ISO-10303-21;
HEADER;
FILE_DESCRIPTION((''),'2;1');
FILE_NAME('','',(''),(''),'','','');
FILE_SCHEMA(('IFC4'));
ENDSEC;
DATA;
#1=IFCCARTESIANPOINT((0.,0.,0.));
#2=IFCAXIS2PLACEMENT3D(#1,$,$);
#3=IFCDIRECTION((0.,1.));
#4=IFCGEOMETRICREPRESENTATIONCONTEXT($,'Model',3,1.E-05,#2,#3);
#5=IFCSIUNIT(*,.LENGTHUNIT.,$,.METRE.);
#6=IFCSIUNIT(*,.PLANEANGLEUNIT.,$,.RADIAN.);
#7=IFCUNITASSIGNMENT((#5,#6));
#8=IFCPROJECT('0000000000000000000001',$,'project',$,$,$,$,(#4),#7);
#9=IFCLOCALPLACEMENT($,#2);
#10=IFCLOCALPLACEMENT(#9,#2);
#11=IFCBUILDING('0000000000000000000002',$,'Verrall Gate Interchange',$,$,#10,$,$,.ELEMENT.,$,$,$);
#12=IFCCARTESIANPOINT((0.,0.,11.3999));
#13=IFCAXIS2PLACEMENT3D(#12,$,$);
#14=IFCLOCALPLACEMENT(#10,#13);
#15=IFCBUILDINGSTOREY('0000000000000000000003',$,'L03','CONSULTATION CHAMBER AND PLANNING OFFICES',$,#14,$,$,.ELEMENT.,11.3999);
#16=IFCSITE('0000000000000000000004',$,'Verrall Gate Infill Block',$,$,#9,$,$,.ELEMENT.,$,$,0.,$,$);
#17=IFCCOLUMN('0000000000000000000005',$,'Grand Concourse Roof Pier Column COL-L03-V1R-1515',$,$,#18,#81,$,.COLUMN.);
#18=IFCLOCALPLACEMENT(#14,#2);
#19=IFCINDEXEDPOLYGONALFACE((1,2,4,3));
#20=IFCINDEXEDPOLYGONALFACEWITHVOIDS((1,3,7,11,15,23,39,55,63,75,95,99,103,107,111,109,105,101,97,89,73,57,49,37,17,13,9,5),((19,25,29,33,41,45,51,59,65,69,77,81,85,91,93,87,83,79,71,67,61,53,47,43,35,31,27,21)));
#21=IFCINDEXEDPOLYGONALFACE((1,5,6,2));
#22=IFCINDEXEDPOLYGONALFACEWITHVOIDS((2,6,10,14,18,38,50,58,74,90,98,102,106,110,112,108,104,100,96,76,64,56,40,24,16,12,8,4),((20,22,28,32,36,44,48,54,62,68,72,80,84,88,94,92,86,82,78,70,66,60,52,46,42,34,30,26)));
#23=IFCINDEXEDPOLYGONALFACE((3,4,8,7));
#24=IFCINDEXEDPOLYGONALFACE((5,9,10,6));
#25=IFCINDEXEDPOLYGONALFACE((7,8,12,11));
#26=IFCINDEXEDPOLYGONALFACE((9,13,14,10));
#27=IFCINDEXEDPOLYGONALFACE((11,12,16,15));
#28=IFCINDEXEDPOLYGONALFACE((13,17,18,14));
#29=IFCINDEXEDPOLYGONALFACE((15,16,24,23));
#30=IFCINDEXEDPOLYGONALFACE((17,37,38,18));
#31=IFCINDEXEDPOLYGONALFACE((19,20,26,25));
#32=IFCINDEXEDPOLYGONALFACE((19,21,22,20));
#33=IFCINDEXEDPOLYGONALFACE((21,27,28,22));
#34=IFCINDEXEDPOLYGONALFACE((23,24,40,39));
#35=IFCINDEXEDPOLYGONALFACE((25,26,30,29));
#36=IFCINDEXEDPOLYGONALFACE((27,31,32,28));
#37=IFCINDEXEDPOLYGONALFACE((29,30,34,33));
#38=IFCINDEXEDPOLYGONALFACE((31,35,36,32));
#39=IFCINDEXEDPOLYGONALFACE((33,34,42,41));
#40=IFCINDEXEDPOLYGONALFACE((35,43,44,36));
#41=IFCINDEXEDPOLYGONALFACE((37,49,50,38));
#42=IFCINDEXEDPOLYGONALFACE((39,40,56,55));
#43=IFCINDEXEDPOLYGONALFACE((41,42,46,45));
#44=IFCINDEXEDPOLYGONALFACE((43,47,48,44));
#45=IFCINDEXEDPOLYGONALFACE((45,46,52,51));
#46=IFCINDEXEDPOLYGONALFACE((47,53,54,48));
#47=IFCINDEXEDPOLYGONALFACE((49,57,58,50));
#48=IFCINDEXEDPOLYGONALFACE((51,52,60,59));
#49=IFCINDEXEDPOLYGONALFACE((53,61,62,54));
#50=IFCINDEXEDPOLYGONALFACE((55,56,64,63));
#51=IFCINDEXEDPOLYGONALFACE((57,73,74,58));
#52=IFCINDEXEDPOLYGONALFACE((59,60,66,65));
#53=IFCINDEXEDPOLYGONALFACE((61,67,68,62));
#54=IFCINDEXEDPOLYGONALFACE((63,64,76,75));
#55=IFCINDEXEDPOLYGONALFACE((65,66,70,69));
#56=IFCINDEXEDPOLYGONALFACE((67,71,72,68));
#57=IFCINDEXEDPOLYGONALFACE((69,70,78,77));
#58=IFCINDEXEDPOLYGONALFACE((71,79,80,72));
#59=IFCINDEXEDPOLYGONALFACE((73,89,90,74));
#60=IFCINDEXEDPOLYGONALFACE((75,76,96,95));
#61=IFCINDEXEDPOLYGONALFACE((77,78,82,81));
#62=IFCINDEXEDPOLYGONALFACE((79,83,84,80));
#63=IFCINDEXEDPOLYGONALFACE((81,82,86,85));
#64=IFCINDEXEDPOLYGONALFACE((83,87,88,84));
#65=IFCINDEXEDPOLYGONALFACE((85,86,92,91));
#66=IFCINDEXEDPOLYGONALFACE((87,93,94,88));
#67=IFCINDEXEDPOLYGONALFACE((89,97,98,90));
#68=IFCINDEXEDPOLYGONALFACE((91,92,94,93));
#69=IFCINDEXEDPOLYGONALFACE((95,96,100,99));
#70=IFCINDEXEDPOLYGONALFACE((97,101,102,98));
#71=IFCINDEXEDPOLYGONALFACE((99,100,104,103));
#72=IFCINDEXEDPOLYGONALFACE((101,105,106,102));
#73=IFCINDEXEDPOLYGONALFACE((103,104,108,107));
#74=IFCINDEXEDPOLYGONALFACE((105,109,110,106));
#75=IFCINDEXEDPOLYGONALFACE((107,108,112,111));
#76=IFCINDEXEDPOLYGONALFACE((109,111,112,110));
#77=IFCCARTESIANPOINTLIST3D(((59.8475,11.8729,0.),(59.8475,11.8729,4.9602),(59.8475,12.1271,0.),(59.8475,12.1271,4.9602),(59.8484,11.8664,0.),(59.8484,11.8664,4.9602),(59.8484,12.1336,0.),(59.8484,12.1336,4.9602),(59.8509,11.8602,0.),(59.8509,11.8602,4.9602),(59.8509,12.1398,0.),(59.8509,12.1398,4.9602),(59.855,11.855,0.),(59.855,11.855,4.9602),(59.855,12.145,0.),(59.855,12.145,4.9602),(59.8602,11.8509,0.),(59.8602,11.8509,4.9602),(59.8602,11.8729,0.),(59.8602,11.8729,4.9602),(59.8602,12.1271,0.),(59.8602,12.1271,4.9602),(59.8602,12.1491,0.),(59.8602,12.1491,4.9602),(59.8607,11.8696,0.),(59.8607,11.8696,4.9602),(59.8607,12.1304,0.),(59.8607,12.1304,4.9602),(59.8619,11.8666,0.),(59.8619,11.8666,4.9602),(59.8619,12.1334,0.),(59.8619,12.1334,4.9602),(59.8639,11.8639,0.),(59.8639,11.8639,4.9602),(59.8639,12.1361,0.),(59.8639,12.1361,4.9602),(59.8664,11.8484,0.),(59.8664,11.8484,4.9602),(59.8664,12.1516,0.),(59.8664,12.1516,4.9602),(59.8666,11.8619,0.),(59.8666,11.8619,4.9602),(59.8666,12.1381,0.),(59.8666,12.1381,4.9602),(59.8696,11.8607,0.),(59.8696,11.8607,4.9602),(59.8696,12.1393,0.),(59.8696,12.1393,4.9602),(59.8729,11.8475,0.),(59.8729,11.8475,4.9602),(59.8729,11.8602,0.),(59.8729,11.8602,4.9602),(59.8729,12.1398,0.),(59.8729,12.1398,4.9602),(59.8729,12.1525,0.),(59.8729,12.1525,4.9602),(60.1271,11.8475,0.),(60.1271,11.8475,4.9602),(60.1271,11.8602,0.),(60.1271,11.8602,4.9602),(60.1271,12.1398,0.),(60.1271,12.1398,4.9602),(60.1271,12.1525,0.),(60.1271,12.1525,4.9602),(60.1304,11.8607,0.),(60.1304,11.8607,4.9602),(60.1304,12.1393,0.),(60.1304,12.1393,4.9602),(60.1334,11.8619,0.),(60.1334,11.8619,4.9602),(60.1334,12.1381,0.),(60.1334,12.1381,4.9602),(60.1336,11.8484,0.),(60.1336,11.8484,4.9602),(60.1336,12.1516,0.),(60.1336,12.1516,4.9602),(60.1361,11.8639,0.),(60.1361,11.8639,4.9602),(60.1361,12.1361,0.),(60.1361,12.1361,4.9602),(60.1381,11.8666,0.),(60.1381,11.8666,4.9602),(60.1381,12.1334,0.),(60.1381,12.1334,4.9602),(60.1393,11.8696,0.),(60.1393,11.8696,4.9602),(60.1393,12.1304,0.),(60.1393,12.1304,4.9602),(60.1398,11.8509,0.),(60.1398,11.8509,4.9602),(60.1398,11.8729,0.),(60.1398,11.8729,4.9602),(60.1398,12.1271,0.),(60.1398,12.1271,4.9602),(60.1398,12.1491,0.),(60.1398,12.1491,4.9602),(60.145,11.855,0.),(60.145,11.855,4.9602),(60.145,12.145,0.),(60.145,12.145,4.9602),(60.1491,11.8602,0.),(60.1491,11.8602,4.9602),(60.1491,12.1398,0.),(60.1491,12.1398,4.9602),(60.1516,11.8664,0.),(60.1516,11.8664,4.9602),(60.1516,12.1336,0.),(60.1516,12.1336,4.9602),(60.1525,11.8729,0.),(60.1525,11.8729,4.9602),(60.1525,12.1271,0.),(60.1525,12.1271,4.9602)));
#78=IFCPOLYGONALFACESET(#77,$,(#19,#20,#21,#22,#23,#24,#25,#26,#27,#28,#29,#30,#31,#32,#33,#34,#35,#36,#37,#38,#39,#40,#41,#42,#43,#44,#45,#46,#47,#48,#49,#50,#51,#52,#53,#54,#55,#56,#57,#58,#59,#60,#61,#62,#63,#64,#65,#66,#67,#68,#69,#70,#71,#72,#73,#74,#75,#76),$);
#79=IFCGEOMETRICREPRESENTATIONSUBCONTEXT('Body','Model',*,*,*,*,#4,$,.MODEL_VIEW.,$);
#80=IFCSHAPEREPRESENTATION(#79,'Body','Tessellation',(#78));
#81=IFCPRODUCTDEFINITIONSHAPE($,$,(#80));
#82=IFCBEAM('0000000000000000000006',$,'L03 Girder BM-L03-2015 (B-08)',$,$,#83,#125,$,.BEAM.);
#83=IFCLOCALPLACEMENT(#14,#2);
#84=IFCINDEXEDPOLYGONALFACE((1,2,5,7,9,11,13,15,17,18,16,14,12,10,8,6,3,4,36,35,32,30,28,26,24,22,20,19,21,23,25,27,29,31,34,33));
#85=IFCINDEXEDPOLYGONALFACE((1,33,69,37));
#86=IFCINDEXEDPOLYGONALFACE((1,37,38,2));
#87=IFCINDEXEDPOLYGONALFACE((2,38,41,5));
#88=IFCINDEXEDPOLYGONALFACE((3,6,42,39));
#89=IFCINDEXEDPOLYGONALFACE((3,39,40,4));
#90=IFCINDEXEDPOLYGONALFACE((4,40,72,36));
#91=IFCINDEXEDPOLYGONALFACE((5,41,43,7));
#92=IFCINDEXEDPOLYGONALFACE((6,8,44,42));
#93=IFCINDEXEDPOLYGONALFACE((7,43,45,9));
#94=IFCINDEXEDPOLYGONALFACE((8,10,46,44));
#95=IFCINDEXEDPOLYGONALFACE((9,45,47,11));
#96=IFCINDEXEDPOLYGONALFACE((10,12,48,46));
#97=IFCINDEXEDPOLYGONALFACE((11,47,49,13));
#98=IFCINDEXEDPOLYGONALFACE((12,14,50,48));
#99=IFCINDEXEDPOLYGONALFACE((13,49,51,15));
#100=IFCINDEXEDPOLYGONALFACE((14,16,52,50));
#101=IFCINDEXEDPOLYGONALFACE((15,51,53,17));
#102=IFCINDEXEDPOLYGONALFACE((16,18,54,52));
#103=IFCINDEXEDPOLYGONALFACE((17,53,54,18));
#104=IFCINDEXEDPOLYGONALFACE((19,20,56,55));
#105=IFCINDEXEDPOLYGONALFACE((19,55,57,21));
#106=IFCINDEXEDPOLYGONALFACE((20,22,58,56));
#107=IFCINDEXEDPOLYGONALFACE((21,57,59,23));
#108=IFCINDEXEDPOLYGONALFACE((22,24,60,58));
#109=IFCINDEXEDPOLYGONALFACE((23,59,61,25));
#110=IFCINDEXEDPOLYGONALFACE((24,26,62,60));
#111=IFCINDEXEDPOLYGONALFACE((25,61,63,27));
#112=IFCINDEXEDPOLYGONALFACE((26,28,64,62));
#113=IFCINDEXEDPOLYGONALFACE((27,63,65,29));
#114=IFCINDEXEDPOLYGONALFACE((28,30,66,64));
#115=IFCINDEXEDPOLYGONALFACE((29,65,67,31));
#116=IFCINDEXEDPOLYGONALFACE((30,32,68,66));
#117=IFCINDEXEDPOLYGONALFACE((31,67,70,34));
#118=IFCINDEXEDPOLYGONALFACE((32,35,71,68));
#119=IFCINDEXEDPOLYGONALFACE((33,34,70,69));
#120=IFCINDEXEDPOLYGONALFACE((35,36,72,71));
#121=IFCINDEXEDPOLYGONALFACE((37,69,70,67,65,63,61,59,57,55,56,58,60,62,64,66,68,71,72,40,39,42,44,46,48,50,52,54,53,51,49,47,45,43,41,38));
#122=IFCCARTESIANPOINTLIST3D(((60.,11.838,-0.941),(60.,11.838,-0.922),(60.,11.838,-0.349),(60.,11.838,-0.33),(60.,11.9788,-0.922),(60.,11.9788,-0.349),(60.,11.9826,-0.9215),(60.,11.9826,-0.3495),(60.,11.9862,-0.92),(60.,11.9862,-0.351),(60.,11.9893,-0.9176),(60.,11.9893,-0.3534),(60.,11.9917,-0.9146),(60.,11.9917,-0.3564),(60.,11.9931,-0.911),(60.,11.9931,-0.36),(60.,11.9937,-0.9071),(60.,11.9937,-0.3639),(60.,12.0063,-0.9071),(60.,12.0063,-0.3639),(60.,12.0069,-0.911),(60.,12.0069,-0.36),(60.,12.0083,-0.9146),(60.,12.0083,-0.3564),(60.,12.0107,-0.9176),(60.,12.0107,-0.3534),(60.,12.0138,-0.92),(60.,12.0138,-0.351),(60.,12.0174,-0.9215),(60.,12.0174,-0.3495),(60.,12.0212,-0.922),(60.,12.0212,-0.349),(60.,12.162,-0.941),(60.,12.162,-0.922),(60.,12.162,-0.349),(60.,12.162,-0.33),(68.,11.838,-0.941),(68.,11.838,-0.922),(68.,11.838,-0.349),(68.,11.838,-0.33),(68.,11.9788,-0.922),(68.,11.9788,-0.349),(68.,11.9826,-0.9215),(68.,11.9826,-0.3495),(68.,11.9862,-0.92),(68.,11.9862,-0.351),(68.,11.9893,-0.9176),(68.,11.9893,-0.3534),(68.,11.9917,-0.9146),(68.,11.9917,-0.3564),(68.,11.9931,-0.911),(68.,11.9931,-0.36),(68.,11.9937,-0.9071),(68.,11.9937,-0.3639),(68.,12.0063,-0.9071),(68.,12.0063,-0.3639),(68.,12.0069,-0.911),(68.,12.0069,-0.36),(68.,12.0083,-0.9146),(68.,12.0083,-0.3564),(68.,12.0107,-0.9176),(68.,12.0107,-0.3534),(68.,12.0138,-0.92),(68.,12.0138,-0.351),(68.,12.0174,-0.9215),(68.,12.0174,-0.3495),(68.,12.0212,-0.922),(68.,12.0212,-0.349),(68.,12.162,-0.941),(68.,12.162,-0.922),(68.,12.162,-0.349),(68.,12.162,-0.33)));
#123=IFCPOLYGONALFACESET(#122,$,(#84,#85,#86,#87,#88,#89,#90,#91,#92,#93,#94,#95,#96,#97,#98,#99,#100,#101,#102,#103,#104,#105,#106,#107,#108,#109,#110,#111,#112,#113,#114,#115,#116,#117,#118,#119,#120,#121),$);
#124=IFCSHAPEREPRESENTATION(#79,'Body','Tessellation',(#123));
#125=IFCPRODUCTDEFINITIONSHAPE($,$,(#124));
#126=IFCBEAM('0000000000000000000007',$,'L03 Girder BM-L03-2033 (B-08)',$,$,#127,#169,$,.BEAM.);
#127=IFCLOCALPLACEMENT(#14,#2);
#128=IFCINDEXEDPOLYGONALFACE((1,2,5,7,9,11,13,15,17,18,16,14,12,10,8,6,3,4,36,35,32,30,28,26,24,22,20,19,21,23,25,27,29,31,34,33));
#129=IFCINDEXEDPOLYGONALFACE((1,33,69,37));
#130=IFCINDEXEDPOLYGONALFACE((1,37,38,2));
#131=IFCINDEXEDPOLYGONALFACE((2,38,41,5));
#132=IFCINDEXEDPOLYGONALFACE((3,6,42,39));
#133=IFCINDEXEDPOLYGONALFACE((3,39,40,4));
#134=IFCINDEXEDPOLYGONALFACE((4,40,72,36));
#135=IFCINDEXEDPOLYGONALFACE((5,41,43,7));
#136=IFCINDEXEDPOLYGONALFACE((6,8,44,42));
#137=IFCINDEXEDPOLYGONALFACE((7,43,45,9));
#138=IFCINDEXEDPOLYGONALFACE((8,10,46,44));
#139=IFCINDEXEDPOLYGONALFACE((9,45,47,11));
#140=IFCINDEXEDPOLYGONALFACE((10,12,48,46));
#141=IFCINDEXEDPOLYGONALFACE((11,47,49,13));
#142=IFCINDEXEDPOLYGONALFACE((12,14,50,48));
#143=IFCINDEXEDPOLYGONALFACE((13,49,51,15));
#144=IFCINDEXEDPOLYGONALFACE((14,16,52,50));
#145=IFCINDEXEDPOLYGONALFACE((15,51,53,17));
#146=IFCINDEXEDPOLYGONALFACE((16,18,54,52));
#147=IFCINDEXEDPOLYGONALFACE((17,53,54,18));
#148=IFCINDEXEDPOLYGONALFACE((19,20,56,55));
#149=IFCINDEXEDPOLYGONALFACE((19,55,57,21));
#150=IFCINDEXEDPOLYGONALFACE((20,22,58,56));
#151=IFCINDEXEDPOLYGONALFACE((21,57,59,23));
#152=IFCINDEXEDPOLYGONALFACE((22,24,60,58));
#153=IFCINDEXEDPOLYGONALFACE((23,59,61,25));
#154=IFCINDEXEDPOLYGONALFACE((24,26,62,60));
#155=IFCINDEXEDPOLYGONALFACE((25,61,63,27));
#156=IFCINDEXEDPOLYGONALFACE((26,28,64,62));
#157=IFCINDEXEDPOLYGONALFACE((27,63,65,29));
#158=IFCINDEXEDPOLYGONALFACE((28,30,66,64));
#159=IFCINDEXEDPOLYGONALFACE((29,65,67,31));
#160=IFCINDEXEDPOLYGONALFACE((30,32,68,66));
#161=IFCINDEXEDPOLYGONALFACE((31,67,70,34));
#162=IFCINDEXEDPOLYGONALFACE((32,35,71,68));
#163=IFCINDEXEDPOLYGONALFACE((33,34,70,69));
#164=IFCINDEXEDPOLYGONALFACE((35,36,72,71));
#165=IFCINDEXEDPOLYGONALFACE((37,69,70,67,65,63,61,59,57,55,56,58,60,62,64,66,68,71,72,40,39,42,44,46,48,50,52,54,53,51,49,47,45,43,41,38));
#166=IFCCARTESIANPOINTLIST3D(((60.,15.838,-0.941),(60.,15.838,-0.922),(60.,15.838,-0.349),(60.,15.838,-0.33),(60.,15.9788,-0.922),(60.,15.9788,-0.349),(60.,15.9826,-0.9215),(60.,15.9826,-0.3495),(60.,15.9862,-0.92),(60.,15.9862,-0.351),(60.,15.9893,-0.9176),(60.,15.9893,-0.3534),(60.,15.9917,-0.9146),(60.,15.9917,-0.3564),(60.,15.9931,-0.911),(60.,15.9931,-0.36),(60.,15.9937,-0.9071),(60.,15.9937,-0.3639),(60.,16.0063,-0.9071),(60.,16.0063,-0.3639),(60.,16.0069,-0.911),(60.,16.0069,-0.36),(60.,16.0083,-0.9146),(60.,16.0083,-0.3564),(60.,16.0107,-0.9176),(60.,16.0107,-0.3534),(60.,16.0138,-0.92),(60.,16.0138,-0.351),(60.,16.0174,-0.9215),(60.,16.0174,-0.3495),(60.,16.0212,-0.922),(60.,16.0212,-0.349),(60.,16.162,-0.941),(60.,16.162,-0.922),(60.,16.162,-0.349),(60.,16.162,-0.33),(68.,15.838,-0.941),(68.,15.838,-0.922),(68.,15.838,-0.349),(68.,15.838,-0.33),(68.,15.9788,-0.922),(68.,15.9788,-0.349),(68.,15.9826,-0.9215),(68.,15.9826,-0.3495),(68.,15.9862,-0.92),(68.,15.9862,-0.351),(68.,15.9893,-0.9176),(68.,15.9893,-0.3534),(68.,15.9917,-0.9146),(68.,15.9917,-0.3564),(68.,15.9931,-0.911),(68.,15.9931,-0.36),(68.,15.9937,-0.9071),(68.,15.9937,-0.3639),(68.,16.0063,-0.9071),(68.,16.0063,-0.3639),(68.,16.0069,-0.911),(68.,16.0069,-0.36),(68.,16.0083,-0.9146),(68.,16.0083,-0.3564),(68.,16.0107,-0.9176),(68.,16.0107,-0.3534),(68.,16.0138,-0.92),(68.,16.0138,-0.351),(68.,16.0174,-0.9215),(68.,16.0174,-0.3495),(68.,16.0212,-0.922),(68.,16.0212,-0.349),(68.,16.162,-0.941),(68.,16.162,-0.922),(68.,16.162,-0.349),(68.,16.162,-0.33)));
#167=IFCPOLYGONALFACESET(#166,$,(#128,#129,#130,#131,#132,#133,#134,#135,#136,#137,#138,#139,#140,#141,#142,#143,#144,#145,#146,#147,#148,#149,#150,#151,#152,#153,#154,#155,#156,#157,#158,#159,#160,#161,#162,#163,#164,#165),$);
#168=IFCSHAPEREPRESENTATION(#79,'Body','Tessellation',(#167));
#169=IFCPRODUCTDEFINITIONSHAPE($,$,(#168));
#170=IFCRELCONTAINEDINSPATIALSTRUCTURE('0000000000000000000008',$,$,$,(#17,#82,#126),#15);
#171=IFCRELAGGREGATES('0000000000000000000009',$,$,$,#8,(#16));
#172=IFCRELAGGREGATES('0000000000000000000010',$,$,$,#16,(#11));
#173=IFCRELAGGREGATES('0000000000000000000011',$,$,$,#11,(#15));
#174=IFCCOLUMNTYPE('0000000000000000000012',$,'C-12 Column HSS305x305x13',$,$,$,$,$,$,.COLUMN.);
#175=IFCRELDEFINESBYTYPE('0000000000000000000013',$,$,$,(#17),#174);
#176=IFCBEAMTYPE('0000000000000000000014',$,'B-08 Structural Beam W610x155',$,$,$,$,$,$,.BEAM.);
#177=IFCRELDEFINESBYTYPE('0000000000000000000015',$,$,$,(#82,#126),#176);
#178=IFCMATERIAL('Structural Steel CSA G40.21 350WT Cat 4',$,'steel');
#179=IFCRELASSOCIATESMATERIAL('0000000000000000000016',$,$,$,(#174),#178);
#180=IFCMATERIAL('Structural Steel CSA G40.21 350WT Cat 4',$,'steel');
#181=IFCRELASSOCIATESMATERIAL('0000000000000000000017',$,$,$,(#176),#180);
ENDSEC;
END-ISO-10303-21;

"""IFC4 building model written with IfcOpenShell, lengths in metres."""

from ifc_helpers import new_model, si_unit, direction, frame, origin, origin_2d, place, context, subcontext, project, spatial, hollow_rectangle, i_section, extrude, material, material_profile, profile_set, type_object, element, save


model = new_model("IFC4")

# Units and contexts
model_context = context("Model", 3, precision=1e-05, world=origin(), true_north=direction((0.0, 1.0)))
body_context = subcontext(model_context, "Body", "Model", "MODEL_VIEW")
ifc_project = project(units=[si_unit("LENGTHUNIT", "METRE"), si_unit("PLANEANGLEUNIT", "RADIAN")], contexts=[model_context])

# Site, building, storey
site_placement = place(None, origin())
site = spatial("IfcSite", under=ifc_project, at=site_placement, Name="Verrall Gate Infill Block", CompositionType="ELEMENT", RefElevation=0.0)
building_placement = place(site_placement, origin())
building = spatial("IfcBuilding", under=site, at=building_placement, Name="Verrall Gate Interchange", CompositionType="ELEMENT")
storey_placement = place(building_placement, frame((0.0, 0.0, 11.3999)))
storey = spatial("IfcBuildingStorey", under=building, at=storey_placement, Name="L03", Description="CONSULTATION CHAMBER AND PLANNING OFFICES", CompositionType="ELEMENT", Elevation=11.3999)

# Column
ifc_material_1 = material(Name="Structural Steel CSA G40.21 350WT Cat 4", Category="steel")
ifc_material_profile_1 = material_profile(ifc_material_1, hollow_rectangle(XDim=0.3049, YDim=0.3049, WallThickness=0.0127, InnerFilletRadius=0.0127, OuterFilletRadius=0.0254, at=origin_2d()), Name="HSS305x305x13")
ifc_profile_set_1 = profile_set([ifc_material_profile_1], Name="Structural Steel CSA G40.21 350WT Cat 4")
column_type = type_object("IfcColumnType", Name="C-12 Column HSS305x305x13", PredefinedType="COLUMN", material=ifc_profile_set_1)
column_placement = place(storey_placement, frame((60.0, 12.0, 0.0), z_axis=(0.0, 0.0, 1.0), x_axis=(1.0, 0.0, 0.0)))
element("IfcColumn", 1, at=column_placement, inside=storey, type_object=column_type, Name="Grand Concourse Roof Pier Column COL-L03-V1R-1515", PredefinedType="COLUMN", context=body_context, shape_type="SweptSolid", body=[
    extrude(hollow_rectangle(XDim=0.3049, YDim=0.3049, WallThickness=0.0127, InnerFilletRadius=0.0127, OuterFilletRadius=0.0254, at=origin_2d()), origin(), (0.0, 0.0, 1.0), 4.9602),
])

# Beams
ifc_material_2 = material(Name="Structural Steel CSA G40.21 350WT Cat 4", Category="steel")
ifc_material_profile_2 = material_profile(ifc_material_2, i_section(OverallWidth=0.324, OverallDepth=0.6111, WebThickness=0.0127, FlangeThickness=0.019, FilletRadius=0.0149, at=origin_2d()), Name="W610x155")
ifc_profile_set_2 = profile_set([ifc_material_profile_2], Name="Structural Steel CSA G40.21 350WT Cat 4")
beam_type_1 = type_object("IfcBeamType", Name="B-08 Structural Beam W610x155", PredefinedType="BEAM", material=ifc_profile_set_2)
for number, where, z_axis, x_axis, name in (
    (2, (60.0, 12.0, -0.6355), (1.0, 0.0, 0.0), (0.0, 1.0, 0.0), "L03 Girder BM-L03-2015 (B-08)"),
    (3, (60.0, 16.0, -0.6355), (1.0, 0.0, 0.0), (0.0, 1.0, 0.0), "L03 Girder BM-L03-2033 (B-08)"),
):
    element("IfcBeam", number, at=place(storey_placement, frame(where, z_axis=z_axis, x_axis=x_axis)), inside=storey, type_object=beam_type_1, Name=name, PredefinedType="BEAM", context=body_context, shape_type="SweptSolid", body=[
        extrude(i_section(OverallWidth=0.324, OverallDepth=0.6111, WebThickness=0.0127, FlangeThickness=0.019, FilletRadius=0.0149, at=origin_2d()), origin(), (0.0, 0.0, 1.0), 8.0),
    ])

save(model, "model.ifc")
